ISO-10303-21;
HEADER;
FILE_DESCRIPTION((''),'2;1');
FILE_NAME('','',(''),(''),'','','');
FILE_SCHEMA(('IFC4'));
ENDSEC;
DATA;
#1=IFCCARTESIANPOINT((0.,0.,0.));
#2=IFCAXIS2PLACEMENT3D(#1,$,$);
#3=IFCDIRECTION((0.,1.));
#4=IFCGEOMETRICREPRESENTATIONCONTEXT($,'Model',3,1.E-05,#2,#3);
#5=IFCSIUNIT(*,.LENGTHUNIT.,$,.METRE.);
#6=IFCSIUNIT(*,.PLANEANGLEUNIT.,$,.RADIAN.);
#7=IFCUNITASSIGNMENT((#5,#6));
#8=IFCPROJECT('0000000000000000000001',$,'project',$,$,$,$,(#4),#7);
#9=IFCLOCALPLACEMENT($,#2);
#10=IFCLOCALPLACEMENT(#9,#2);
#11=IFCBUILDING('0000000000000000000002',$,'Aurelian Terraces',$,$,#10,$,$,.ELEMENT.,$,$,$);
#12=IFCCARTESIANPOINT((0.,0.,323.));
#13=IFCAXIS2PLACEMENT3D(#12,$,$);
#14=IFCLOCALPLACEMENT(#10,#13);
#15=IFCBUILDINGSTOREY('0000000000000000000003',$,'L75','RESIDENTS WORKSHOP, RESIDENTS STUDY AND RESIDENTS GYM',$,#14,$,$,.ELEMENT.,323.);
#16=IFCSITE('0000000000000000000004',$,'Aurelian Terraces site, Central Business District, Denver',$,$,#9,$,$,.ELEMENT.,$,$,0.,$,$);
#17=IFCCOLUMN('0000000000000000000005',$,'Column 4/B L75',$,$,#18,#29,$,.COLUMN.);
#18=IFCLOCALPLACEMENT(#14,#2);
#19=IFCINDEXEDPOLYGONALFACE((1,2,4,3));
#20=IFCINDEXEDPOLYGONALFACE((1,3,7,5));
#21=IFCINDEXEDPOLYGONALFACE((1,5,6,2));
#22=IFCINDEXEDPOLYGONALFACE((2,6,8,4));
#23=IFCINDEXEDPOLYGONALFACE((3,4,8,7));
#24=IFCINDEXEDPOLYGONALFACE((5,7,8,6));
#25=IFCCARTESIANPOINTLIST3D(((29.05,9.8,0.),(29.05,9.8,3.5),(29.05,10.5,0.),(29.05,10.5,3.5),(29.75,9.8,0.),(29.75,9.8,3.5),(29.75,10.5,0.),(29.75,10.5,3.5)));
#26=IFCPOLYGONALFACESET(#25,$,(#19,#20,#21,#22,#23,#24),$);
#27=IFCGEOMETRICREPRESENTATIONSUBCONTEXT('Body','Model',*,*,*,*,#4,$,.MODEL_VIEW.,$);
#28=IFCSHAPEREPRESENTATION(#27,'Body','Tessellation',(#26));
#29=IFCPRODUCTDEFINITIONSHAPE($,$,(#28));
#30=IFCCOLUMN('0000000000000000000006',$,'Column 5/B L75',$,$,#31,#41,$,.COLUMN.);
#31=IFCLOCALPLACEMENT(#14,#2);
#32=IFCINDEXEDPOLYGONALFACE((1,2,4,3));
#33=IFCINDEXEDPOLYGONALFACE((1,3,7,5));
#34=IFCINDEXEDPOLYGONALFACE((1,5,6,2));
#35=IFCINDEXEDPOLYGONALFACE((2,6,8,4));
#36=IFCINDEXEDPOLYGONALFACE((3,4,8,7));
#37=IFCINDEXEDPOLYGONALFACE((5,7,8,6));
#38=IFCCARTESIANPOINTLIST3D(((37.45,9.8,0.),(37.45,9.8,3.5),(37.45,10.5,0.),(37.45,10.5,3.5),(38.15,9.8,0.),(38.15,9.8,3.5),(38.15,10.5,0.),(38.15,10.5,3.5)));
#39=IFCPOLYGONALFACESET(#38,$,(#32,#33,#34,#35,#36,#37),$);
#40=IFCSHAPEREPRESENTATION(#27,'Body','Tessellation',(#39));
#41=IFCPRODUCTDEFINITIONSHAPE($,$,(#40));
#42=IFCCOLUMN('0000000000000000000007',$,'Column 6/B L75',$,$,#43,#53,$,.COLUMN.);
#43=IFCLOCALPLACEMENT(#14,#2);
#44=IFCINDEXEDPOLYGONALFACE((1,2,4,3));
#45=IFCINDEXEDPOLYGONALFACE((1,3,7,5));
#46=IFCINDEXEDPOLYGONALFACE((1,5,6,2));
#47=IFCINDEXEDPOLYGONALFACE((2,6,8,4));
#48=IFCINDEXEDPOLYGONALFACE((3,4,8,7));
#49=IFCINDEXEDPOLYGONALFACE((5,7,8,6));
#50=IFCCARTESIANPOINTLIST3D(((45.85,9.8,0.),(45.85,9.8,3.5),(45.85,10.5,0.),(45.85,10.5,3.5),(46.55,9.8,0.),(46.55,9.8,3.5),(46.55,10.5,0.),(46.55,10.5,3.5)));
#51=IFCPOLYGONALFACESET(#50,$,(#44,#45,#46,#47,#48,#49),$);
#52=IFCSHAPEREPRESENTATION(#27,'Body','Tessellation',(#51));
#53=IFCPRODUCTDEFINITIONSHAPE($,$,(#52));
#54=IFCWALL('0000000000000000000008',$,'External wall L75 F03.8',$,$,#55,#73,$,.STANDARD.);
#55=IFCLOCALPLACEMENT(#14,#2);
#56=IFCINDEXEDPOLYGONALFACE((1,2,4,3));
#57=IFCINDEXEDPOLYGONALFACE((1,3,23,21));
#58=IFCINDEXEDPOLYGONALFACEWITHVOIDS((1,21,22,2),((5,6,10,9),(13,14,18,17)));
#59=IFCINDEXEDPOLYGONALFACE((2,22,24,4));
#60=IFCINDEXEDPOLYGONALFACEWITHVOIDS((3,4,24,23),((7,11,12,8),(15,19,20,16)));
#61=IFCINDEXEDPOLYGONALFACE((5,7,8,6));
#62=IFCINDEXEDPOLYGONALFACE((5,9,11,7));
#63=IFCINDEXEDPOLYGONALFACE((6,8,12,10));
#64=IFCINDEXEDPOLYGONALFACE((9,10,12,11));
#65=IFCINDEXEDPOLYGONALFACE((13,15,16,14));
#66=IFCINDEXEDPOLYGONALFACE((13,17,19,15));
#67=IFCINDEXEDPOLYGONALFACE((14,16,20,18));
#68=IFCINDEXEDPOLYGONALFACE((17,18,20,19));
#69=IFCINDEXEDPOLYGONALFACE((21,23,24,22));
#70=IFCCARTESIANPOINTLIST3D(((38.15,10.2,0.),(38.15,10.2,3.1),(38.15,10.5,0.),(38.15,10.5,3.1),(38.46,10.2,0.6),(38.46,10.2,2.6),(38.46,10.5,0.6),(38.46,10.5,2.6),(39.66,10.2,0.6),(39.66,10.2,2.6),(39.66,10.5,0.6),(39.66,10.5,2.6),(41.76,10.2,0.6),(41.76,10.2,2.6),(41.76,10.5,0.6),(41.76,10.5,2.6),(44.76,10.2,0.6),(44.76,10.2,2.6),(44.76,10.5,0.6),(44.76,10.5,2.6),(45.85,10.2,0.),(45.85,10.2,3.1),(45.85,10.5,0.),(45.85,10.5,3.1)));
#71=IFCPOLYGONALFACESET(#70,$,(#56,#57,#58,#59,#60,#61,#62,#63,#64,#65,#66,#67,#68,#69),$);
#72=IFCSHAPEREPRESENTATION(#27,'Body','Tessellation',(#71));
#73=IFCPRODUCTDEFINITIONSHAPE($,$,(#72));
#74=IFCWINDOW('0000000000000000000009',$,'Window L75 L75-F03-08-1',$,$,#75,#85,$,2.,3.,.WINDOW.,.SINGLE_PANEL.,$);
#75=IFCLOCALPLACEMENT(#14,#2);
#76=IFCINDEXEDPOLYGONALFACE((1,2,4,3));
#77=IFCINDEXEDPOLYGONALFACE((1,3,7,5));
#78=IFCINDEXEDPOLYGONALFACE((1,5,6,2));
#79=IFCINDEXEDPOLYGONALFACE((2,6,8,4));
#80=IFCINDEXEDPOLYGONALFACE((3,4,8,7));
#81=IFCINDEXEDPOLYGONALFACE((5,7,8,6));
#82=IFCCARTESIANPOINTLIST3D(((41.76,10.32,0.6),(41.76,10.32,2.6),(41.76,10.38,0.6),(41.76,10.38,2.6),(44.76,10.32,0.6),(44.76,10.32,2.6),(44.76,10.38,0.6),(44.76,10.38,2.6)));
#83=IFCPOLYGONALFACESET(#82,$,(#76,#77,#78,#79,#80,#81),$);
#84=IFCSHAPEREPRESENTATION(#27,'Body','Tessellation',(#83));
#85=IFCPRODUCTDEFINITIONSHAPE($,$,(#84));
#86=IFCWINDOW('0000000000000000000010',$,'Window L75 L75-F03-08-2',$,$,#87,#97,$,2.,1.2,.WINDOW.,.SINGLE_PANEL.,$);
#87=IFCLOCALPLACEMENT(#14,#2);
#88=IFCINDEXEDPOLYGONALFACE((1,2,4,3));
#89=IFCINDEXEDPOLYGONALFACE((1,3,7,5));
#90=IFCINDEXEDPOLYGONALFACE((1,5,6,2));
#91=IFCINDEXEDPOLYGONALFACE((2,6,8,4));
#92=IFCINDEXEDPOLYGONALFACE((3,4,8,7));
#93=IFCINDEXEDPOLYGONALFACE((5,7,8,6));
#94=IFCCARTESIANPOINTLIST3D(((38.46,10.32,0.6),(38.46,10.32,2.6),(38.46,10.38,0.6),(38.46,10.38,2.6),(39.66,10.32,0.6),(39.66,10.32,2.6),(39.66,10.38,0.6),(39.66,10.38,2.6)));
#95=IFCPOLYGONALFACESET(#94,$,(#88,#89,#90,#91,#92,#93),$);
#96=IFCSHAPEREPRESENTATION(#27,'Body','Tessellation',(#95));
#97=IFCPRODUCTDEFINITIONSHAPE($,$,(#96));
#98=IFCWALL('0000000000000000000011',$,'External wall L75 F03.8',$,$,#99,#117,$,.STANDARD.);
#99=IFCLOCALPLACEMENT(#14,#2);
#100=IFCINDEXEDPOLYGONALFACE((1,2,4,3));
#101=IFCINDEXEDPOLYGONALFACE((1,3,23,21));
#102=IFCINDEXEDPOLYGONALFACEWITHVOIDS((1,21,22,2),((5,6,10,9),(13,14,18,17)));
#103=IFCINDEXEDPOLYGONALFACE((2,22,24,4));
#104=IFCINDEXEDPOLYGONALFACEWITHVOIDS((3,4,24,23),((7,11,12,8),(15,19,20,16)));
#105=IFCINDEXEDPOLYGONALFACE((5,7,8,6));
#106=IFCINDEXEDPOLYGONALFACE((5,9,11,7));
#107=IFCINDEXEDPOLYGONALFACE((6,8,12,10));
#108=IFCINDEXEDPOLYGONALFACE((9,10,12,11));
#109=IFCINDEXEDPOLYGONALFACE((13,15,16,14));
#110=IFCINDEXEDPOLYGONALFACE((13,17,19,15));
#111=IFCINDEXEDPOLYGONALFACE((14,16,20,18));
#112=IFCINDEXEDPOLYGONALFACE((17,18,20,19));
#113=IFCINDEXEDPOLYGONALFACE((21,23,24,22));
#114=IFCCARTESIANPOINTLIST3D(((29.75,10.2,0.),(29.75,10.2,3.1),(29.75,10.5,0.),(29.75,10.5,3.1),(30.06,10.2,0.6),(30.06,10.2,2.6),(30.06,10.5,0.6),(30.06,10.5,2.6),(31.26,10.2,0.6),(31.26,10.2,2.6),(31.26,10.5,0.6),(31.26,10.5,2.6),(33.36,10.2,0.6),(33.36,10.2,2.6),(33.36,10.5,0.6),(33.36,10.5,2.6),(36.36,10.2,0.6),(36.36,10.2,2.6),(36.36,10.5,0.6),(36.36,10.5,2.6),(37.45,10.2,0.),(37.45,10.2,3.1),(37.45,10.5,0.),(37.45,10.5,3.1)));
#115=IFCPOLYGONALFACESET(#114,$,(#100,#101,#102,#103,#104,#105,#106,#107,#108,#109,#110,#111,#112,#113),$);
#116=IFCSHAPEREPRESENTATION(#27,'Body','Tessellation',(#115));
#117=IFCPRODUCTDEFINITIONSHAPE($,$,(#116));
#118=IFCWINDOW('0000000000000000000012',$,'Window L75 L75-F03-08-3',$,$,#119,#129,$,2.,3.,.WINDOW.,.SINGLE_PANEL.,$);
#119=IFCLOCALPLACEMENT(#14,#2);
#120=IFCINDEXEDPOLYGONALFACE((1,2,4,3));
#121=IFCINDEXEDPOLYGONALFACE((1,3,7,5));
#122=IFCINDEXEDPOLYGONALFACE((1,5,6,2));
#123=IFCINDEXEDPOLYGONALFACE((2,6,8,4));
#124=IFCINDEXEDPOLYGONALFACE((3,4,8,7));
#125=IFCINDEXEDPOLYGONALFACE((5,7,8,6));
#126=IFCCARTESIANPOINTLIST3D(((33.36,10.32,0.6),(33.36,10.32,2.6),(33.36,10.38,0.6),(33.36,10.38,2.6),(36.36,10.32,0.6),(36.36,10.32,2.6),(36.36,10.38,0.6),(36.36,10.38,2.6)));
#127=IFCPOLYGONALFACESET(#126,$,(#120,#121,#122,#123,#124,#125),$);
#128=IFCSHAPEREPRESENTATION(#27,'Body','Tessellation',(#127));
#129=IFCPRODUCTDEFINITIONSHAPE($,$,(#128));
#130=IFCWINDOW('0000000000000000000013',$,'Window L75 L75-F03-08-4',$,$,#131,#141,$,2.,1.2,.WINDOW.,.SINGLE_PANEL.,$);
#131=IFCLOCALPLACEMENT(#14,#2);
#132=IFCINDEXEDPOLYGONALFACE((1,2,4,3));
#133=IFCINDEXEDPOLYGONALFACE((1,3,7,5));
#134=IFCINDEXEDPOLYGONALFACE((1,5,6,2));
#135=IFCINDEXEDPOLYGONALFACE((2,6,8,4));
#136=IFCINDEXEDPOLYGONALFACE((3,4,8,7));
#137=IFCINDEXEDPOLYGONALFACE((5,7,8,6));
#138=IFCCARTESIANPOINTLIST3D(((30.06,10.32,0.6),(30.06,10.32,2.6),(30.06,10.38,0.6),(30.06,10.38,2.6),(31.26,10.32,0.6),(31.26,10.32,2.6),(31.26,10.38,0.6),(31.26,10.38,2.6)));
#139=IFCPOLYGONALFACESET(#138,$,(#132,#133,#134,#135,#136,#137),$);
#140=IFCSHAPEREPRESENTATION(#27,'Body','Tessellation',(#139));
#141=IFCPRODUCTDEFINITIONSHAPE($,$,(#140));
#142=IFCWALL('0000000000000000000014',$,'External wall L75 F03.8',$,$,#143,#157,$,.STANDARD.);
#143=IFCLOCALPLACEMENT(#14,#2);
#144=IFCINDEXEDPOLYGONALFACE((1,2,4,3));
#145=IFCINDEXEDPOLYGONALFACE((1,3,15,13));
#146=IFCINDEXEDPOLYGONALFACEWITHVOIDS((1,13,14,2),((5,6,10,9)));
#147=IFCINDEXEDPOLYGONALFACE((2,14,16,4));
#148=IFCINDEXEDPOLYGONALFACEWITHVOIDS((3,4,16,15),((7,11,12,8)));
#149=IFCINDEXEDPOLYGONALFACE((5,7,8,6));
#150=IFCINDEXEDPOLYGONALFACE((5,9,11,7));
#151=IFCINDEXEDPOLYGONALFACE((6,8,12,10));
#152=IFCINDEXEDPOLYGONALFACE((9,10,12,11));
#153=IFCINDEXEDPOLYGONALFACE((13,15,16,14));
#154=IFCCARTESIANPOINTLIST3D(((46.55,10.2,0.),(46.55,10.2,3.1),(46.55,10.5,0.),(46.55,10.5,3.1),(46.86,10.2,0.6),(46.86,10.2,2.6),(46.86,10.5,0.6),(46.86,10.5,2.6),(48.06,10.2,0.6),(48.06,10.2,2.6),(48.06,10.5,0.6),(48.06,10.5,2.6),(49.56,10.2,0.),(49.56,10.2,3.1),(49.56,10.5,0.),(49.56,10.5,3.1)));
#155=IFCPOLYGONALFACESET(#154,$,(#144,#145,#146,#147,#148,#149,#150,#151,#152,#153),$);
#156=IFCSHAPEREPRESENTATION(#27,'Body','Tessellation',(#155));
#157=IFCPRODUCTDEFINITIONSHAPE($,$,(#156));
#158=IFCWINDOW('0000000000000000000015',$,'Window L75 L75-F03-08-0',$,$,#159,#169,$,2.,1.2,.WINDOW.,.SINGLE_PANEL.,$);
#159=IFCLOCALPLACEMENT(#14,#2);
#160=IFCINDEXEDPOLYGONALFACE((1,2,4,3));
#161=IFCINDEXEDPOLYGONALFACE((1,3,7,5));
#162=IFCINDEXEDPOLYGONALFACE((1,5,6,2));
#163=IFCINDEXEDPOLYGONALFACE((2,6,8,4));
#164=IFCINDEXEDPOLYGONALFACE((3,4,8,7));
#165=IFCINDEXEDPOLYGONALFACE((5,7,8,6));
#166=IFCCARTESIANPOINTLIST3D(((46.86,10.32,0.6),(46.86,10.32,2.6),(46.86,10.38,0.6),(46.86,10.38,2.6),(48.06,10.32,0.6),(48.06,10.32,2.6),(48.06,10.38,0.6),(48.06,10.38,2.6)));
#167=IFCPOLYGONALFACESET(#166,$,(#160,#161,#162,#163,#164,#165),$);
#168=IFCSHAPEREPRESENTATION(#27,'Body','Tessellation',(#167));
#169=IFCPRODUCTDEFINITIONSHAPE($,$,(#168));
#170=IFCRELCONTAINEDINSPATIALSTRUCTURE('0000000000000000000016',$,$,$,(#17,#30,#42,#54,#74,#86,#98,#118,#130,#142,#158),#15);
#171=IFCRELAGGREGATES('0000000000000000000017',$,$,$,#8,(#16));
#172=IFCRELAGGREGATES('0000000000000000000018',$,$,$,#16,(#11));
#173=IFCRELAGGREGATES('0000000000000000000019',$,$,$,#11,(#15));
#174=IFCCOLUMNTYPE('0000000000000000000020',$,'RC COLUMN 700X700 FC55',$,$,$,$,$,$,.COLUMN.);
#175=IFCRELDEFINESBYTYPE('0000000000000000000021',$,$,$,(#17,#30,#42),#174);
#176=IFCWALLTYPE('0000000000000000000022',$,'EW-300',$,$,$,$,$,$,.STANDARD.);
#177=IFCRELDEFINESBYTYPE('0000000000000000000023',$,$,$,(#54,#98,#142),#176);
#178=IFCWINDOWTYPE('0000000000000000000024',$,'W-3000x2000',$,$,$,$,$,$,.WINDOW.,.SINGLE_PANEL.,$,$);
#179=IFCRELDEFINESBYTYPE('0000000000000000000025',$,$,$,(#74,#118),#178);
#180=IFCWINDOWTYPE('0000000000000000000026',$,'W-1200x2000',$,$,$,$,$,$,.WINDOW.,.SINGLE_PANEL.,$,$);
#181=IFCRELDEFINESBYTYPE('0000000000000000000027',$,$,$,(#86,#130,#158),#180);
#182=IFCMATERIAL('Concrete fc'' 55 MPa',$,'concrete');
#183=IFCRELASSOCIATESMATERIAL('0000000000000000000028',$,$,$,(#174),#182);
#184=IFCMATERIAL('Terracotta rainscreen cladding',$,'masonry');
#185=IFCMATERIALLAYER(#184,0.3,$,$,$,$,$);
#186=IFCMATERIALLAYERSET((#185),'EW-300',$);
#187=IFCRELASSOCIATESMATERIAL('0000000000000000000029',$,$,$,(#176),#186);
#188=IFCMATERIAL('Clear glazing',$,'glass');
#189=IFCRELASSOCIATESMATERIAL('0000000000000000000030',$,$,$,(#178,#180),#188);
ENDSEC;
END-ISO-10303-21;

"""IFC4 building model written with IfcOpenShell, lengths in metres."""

from ifc_helpers import new_model, si_unit, direction, frame, frame_2d, origin, origin_2d, place, context, subcontext, project, spatial, rectangle, extrude, source, transform, mapped, material, layer, layer_set, material_profile, profile_set, type_object, element, fill, save


model = new_model("IFC4")

# Units and contexts
model_context = context("Model", 3, precision=1e-05, world=origin(), true_north=direction((0.0, 1.0)))
body_context = subcontext(model_context, "Body", "Model", "MODEL_VIEW")
ifc_project = project(units=[si_unit("LENGTHUNIT", "METRE"), si_unit("PLANEANGLEUNIT", "RADIAN")], contexts=[model_context])

# Site, building, storey
site_placement = place(None, origin())
site = spatial("IfcSite", under=ifc_project, at=site_placement, Name="Aurelian Terraces site, Central Business District, Denver", CompositionType="ELEMENT", RefElevation=0.0)
building_placement = place(site_placement, origin())
building = spatial("IfcBuilding", under=site, at=building_placement, Name="Aurelian Terraces", CompositionType="ELEMENT")
storey_placement = place(building_placement, frame((0.0, 0.0, 323.0)))
storey = spatial("IfcBuildingStorey", under=building, at=storey_placement, Name="L75", Description="RESIDENTS WORKSHOP, RESIDENTS STUDY AND RESIDENTS GYM", CompositionType="ELEMENT", Elevation=323.0)

# Columns
ifc_material_1 = material(Name="Concrete fc' 55 MPa", Category="concrete")
ifc_material_profile = material_profile(ifc_material_1, rectangle(XDim=0.7, YDim=0.7, at=origin_2d()))
ifc_profile_set = profile_set([ifc_material_profile], Name="Concrete fc' 55 MPa")
column_type = type_object("IfcColumnType", Name="RC COLUMN 700X700 FC55", PredefinedType="COLUMN", material=ifc_profile_set)
shared_shape_1 = source(origin(), body_context, "Body", "SweptSolid", [
    extrude(rectangle(XDim=0.7, YDim=0.7, at=origin_2d()), origin(), (0.0, 0.0, 1.0), 3.5),
])
for number, where, z_axis, x_axis, name in (
    (1, (29.4, 10.15, 0.0), (0.0, 0.0, 1.0), (1.0, 0.0, 0.0), "Column 4/B L75"),
    (2, (37.8, 10.15, 0.0), (0.0, 0.0, 1.0), (1.0, 0.0, 0.0), "Column 5/B L75"),
    (3, (46.2, 10.15, 0.0), (0.0, 0.0, 1.0), (1.0, 0.0, 0.0), "Column 6/B L75"),
):
    element("IfcColumn", number, at=place(storey_placement, frame(where, z_axis=z_axis, x_axis=x_axis)), inside=storey, type_object=column_type, Name=name, PredefinedType="COLUMN", context=body_context, shape_type="MappedRepresentation", body=[
        mapped(shared_shape_1, transform((0.0, 0.0, 0.0), scale=1.0)),
    ])

# Walls, openings, windows
ifc_material_2 = material(Name="Terracotta rainscreen cladding", Category="masonry")
ifc_layer_1 = layer(ifc_material_2, 0.3)
ifc_layer_set_1 = layer_set([ifc_layer_1], Name="EW-300")
wall_type_1 = type_object("IfcWallType", Name="EW-300", PredefinedType="STANDARD", material=ifc_layer_set_1)
shared_shape_2 = source(origin(), body_context, "Body", "SweptSolid", [
    extrude(rectangle(XDim=7.7, YDim=0.3, at=frame_2d((3.85, 0.0))), origin(), (0.0, 0.0, 1.0), 3.1),
])
wall_1_placement = place(storey_placement, frame((45.85, 10.35, 0.0), z_axis=(0.0, 0.0, 1.0), x_axis=(-1.0, 0.0, 0.0)))
wall_1 = element("IfcWall", 4, at=wall_1_placement, inside=storey, type_object=wall_type_1, Name="External wall L75 F03.8", PredefinedType="STANDARD", context=body_context, shape_type="MappedRepresentation", body=[
    mapped(shared_shape_2, transform((0.0, 0.0, 0.0), scale=1.0)),
])
shared_shape_3 = source(origin(), body_context, "Body", "SweptSolid", [
    extrude(rectangle(XDim=3.0, YDim=2.0, at=frame_2d((1.5, 1.0))), frame((0.0, 0.16, 0.0), z_axis=(0.0, -1.0, 0.0), x_axis=(1.0, 0.0, 0.0)), (0.0, 0.0, 1.0), 0.32),
])
opening_1_placement = place(wall_1_placement, frame((1.09, 0.0, 0.6)))
opening_1 = element("IfcOpeningElement", 5, at=opening_1_placement, cuts=wall_1, PredefinedType="OPENING", context=body_context, shape_type="MappedRepresentation", body=[
    mapped(shared_shape_3, transform((0.0, 0.0, 0.0), scale=1.0)),
])
shared_shape_4 = source(origin(), body_context, "Body", "SweptSolid", [
    extrude(rectangle(XDim=1.2, YDim=2.0, at=frame_2d((0.6, 1.0))), frame((0.0, 0.16, 0.0), z_axis=(0.0, -1.0, 0.0), x_axis=(1.0, 0.0, 0.0)), (0.0, 0.0, 1.0), 0.32),
])
opening_2_placement = place(wall_1_placement, frame((6.19, 0.0, 0.6)))
opening_2 = element("IfcOpeningElement", 6, at=opening_2_placement, cuts=wall_1, PredefinedType="OPENING", context=body_context, shape_type="MappedRepresentation", body=[
    mapped(shared_shape_4, transform((0.0, 0.0, 0.0), scale=1.0)),
])
ifc_material_3 = material(Name="Clear glazing", Category="glass")
window_type_1 = type_object("IfcWindowType", Name="W-3000x2000", PartitioningType="SINGLE_PANEL", PredefinedType="WINDOW", material=ifc_material_3)
shared_shape_5 = source(origin(), body_context, "Body", "SweptSolid", [
    extrude(rectangle(XDim=3.0, YDim=2.0, at=frame_2d((1.5, 1.0))), frame((0.0, 0.03, 0.0), z_axis=(0.0, -1.0, 0.0), x_axis=(1.0, 0.0, 0.0)), (0.0, 0.0, 1.0), 0.06),
])
window_1_placement = place(opening_1_placement, origin())
window_1 = element("IfcWindow", 7, at=window_1_placement, inside=storey, type_object=window_type_1, Name="Window L75 L75-F03-08-1", OverallHeight=2.0, OverallWidth=3.0, PartitioningType="SINGLE_PANEL", PredefinedType="WINDOW", context=body_context, shape_type="MappedRepresentation", body=[
    mapped(shared_shape_5, transform((0.0, 0.0, 0.0), scale=1.0)),
])
fill(opening_1, window_1)
window_type_2 = type_object("IfcWindowType", Name="W-1200x2000", PartitioningType="SINGLE_PANEL", PredefinedType="WINDOW", material=ifc_material_3)
shared_shape_6 = source(origin(), body_context, "Body", "SweptSolid", [
    extrude(rectangle(XDim=1.2, YDim=2.0, at=frame_2d((0.6, 1.0))), frame((0.0, 0.03, 0.0), z_axis=(0.0, -1.0, 0.0), x_axis=(1.0, 0.0, 0.0)), (0.0, 0.0, 1.0), 0.06),
])
window_2_placement = place(opening_2_placement, origin())
window_2 = element("IfcWindow", 8, at=window_2_placement, inside=storey, type_object=window_type_2, Name="Window L75 L75-F03-08-2", OverallHeight=2.0, OverallWidth=1.2, PartitioningType="SINGLE_PANEL", PredefinedType="WINDOW", context=body_context, shape_type="MappedRepresentation", body=[
    mapped(shared_shape_6, transform((0.0, 0.0, 0.0), scale=1.0)),
])
fill(opening_2, window_2)
wall_2_placement = place(storey_placement, frame((37.45, 10.35, 0.0), z_axis=(0.0, 0.0, 1.0), x_axis=(-1.0, 0.0, 0.0)))
wall_2 = element("IfcWall", 9, at=wall_2_placement, inside=storey, type_object=wall_type_1, Name="External wall L75 F03.8", PredefinedType="STANDARD", context=body_context, shape_type="MappedRepresentation", body=[
    mapped(shared_shape_2, transform((0.0, 0.0, 0.0), scale=1.0)),
])
opening_3_placement = place(wall_2_placement, frame((1.09, 0.0, 0.6)))
opening_3 = element("IfcOpeningElement", 10, at=opening_3_placement, cuts=wall_2, PredefinedType="OPENING", context=body_context, shape_type="MappedRepresentation", body=[
    mapped(shared_shape_3, transform((0.0, 0.0, 0.0), scale=1.0)),
])
opening_4_placement = place(wall_2_placement, frame((6.19, 0.0, 0.6)))
opening_4 = element("IfcOpeningElement", 11, at=opening_4_placement, cuts=wall_2, PredefinedType="OPENING", context=body_context, shape_type="MappedRepresentation", body=[
    mapped(shared_shape_4, transform((0.0, 0.0, 0.0), scale=1.0)),
])
window_3_placement = place(opening_3_placement, origin())
window_3 = element("IfcWindow", 12, at=window_3_placement, inside=storey, type_object=window_type_1, Name="Window L75 L75-F03-08-3", OverallHeight=2.0, OverallWidth=3.0, PartitioningType="SINGLE_PANEL", PredefinedType="WINDOW", context=body_context, shape_type="MappedRepresentation", body=[
    mapped(shared_shape_5, transform((0.0, 0.0, 0.0), scale=1.0)),
])
fill(opening_3, window_3)
window_4_placement = place(opening_4_placement, origin())
window_4 = element("IfcWindow", 13, at=window_4_placement, inside=storey, type_object=window_type_2, Name="Window L75 L75-F03-08-4", OverallHeight=2.0, OverallWidth=1.2, PartitioningType="SINGLE_PANEL", PredefinedType="WINDOW", context=body_context, shape_type="MappedRepresentation", body=[
    mapped(shared_shape_6, transform((0.0, 0.0, 0.0), scale=1.0)),
])
fill(opening_4, window_4)

# Wall, opening, window
shared_shape_7 = source(origin(), body_context, "Body", "SweptSolid", [
    extrude(rectangle(XDim=3.01, YDim=0.3, at=frame_2d((1.505, 0.0))), origin(), (0.0, 0.0, 1.0), 3.1),
])
wall_3_placement = place(storey_placement, frame((49.56, 10.35, 0.0), z_axis=(0.0, 0.0, 1.0), x_axis=(-1.0, 0.0, 0.0)))
wall_3 = element("IfcWall", 14, at=wall_3_placement, inside=storey, type_object=wall_type_1, Name="External wall L75 F03.8", PredefinedType="STANDARD", context=body_context, shape_type="MappedRepresentation", body=[
    mapped(shared_shape_7, transform((0.0, 0.0, 0.0), scale=1.0)),
])
opening_5_placement = place(wall_3_placement, frame((1.5, 0.0, 0.6)))
opening_5 = element("IfcOpeningElement", 15, at=opening_5_placement, cuts=wall_3, PredefinedType="OPENING", context=body_context, shape_type="MappedRepresentation", body=[
    mapped(shared_shape_4, transform((0.0, 0.0, 0.0), scale=1.0)),
])
window_5_placement = place(opening_5_placement, origin())
window_5 = element("IfcWindow", 16, at=window_5_placement, inside=storey, type_object=window_type_2, Name="Window L75 L75-F03-08-0", OverallHeight=2.0, OverallWidth=1.2, PartitioningType="SINGLE_PANEL", PredefinedType="WINDOW", context=body_context, shape_type="MappedRepresentation", body=[
    mapped(shared_shape_6, transform((0.0, 0.0, 0.0), scale=1.0)),
])
fill(opening_5, window_5)

save(model, "model.ifc")
